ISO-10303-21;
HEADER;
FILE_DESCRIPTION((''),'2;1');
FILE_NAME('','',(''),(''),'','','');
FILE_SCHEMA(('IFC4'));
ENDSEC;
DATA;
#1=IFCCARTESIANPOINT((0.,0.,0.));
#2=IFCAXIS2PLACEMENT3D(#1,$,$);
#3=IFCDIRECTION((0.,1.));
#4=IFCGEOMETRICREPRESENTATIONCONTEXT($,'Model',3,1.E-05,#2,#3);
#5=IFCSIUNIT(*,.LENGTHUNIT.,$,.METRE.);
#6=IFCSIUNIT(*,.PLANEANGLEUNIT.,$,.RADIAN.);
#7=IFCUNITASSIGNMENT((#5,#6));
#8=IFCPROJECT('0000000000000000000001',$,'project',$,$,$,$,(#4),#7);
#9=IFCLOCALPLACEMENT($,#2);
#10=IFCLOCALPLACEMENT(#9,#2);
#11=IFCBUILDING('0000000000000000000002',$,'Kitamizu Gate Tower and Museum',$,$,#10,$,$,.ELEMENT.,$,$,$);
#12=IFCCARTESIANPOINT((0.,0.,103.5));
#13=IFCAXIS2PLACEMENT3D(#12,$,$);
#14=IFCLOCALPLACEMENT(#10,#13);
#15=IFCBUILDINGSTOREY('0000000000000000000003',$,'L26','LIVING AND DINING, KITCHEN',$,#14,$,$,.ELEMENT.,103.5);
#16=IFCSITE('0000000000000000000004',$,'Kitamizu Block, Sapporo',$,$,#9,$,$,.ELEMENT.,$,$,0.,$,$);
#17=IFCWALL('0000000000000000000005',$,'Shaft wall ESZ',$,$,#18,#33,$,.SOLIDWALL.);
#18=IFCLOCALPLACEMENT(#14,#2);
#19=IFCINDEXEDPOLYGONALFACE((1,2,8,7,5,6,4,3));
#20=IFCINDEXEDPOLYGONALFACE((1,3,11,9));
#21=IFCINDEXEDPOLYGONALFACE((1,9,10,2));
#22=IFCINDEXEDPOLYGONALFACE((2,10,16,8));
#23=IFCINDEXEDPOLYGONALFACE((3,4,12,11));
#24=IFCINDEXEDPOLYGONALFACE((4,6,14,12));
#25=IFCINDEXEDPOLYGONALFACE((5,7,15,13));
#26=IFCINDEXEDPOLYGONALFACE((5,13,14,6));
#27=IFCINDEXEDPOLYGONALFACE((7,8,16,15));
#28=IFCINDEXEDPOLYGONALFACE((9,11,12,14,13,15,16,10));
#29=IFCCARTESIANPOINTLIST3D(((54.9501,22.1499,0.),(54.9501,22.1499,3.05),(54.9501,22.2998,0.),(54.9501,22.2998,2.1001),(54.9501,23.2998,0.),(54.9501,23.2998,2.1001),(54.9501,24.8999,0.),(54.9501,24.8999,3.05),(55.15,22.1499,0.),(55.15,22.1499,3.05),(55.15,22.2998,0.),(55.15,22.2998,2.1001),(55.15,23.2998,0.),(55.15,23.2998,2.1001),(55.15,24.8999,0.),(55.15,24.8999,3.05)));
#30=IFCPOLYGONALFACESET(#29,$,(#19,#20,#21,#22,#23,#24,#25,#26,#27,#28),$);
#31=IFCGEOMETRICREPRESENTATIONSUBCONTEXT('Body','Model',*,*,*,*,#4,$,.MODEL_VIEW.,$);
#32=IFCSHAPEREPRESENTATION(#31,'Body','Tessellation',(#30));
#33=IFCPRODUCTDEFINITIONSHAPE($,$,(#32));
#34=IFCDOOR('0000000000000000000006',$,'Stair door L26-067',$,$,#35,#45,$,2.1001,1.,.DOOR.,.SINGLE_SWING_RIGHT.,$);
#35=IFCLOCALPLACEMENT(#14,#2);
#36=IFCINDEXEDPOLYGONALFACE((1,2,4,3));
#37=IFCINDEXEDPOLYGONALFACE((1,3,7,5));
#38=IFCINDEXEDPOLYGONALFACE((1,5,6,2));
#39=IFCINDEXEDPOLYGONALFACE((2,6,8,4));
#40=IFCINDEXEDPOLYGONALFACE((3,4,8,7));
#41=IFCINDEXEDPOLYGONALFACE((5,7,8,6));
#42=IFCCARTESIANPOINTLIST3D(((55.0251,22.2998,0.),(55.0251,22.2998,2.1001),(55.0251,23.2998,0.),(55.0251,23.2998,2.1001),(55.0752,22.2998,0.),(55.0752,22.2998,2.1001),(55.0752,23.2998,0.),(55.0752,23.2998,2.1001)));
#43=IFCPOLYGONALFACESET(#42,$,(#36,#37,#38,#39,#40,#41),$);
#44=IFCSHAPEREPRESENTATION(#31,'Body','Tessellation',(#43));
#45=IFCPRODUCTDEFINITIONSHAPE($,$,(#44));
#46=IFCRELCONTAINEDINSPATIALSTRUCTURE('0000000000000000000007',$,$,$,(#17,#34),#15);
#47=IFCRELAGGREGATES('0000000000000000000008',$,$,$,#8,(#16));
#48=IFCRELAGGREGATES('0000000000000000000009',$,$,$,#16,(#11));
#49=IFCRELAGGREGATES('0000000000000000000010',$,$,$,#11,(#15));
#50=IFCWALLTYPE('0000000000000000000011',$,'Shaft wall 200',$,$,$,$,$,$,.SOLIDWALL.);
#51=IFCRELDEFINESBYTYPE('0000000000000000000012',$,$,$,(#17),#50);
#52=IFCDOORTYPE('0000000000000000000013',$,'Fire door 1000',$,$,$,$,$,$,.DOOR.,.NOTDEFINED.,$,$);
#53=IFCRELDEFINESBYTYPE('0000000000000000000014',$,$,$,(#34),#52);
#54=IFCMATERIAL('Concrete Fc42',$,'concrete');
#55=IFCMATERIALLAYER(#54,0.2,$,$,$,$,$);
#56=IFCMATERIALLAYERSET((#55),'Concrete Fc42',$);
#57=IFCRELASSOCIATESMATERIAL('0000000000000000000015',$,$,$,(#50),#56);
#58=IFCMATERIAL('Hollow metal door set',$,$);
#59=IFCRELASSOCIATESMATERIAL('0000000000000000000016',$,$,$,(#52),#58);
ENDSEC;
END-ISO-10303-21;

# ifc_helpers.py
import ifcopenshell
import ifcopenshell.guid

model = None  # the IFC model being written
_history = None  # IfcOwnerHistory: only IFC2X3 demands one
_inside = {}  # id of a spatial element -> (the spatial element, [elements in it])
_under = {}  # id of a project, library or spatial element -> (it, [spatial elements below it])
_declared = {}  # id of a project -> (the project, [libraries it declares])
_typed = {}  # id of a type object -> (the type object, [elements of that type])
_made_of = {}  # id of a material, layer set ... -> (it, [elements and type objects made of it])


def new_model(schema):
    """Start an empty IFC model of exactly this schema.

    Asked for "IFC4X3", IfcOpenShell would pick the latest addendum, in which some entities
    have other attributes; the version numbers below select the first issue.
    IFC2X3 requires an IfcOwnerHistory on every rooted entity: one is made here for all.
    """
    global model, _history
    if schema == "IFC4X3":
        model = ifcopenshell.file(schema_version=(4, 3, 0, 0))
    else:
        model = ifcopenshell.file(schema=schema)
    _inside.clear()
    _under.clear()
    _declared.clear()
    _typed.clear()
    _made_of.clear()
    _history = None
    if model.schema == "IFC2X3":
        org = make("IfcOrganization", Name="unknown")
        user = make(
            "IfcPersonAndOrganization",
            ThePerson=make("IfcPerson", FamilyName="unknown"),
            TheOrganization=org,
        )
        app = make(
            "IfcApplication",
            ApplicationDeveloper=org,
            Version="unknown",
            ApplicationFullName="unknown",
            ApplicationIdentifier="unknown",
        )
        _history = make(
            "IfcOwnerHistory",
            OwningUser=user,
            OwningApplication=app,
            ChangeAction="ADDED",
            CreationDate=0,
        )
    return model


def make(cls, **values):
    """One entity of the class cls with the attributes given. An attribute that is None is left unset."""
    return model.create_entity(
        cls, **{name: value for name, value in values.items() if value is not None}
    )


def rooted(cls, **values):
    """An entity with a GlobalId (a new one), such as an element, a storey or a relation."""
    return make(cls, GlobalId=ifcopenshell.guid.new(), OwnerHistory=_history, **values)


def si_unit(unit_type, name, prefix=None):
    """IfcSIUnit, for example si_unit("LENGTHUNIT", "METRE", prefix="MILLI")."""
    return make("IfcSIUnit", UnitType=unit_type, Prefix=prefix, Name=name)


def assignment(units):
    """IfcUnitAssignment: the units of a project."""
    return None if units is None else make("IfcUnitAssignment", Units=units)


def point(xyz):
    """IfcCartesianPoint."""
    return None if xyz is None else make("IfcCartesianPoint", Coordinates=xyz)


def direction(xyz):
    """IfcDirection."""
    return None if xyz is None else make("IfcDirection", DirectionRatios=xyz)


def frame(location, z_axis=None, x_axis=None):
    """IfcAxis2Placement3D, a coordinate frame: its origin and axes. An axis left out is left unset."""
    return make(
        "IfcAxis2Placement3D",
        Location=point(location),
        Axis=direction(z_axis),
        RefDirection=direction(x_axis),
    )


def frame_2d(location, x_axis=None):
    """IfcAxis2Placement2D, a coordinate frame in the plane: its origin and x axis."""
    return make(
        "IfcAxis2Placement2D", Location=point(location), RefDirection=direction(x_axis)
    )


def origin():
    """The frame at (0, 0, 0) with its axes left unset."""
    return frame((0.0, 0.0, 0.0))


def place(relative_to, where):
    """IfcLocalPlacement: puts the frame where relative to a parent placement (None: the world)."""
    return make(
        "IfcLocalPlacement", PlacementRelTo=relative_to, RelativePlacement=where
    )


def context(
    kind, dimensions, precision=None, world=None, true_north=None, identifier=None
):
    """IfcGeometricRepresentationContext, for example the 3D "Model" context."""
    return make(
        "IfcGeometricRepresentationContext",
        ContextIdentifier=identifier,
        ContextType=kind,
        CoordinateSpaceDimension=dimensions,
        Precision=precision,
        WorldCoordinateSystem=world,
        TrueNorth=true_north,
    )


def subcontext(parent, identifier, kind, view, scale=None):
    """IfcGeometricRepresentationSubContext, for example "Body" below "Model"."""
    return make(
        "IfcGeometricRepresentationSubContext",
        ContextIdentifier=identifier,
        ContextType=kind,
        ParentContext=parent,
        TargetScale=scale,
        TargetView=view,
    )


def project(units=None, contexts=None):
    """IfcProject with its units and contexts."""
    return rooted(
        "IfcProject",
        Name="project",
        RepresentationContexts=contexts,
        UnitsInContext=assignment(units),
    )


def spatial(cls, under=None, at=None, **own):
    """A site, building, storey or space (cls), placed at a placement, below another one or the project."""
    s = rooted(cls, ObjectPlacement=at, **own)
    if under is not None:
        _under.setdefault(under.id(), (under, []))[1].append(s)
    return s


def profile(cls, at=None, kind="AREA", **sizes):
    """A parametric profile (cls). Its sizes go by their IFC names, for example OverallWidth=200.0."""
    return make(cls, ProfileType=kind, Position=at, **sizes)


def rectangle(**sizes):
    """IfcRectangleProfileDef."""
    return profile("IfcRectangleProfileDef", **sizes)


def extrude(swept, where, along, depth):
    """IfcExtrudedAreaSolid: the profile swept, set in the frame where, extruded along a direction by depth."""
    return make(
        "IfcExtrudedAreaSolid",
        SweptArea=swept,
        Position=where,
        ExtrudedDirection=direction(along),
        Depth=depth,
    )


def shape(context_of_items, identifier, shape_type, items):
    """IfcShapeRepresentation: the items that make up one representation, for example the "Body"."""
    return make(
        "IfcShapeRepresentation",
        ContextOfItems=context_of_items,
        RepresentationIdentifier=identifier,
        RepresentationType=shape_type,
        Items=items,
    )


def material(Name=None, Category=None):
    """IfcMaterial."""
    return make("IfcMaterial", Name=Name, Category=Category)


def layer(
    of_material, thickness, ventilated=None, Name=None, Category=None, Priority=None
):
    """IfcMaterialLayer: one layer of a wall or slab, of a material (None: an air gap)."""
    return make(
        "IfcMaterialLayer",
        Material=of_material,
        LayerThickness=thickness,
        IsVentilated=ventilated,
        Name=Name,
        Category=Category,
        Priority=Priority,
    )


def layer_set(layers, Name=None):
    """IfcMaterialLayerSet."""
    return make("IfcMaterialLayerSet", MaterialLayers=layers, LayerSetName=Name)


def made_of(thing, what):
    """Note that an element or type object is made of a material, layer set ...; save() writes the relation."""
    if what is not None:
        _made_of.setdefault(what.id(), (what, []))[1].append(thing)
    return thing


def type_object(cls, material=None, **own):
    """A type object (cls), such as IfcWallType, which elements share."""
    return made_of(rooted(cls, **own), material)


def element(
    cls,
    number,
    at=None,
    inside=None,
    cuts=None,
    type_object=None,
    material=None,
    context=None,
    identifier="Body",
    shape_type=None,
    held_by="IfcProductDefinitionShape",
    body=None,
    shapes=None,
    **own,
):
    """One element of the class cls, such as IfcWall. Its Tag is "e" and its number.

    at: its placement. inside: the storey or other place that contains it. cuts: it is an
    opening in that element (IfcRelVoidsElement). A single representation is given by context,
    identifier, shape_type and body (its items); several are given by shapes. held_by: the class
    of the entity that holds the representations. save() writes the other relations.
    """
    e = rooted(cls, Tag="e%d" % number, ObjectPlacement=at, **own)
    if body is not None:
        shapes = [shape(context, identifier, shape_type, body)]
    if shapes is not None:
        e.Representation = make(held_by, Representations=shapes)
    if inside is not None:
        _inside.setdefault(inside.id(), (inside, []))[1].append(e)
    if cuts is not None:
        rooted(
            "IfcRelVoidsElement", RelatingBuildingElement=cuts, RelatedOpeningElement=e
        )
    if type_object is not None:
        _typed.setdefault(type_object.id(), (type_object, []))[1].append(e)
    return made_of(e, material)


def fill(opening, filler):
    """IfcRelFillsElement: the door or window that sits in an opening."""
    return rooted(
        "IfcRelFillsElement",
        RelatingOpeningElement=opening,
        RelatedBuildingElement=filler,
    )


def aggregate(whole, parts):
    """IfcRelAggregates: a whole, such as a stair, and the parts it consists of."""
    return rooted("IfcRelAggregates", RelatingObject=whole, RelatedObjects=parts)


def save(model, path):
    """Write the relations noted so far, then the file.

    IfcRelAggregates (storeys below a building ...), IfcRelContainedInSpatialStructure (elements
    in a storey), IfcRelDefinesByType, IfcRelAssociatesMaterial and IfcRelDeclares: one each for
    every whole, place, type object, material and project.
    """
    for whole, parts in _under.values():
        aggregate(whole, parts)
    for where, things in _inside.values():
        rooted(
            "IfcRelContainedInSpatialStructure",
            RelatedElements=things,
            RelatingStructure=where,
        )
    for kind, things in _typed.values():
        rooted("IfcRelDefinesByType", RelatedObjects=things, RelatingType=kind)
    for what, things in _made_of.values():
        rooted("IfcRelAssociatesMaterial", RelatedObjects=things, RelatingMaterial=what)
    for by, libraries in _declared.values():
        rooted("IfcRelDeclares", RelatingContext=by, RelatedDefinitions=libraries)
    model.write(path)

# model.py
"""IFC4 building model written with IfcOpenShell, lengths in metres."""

from ifc_helpers import new_model, si_unit, direction, frame, frame_2d, origin, place, context, subcontext, project, spatial, rectangle, extrude, material, layer, layer_set, type_object, element, fill, save


model = new_model("IFC4")

# Units and contexts
model_context = context("Model", 3, precision=1e-05, world=origin(), true_north=direction((0.0, 1.0)))
body_context = subcontext(model_context, "Body", "Model", "MODEL_VIEW")
ifc_project = project(units=[si_unit("LENGTHUNIT", "METRE"), si_unit("PLANEANGLEUNIT", "RADIAN")], contexts=[model_context])

# Site, building, storey
site_placement = place(None, origin())
site = spatial("IfcSite", under=ifc_project, at=site_placement, Name="Kitamizu Block, Sapporo", CompositionType="ELEMENT", RefElevation=0.0)
building_placement = place(site_placement, origin())
building = spatial("IfcBuilding", under=site, at=building_placement, Name="Kitamizu Gate Tower and Museum", CompositionType="ELEMENT")
storey_placement = place(building_placement, frame((0.0, 0.0, 103.5)))
storey = spatial("IfcBuildingStorey", under=building, at=storey_placement, Name="L26", Description="LIVING AND DINING, KITCHEN", CompositionType="ELEMENT", Elevation=103.5)

# Wall, opening, door
ifc_material_1 = material(Name="Concrete Fc42", Category="concrete")
ifc_layer_1 = layer(ifc_material_1, 0.2)
ifc_layer_set_1 = layer_set([ifc_layer_1], Name="Concrete Fc42")
wall_type_1 = type_object("IfcWallType", Name="Shaft wall 200", PredefinedType="SOLIDWALL", material=ifc_layer_set_1)
wall_1_placement = place(storey_placement, frame((55.05, 22.1499, 0.0), z_axis=(0.0, 0.0, 1.0), x_axis=(0.0, 1.0, 0.0)))
wall_1 = element("IfcWall", 1, at=wall_1_placement, inside=storey, type_object=wall_type_1, Name="Shaft wall ESZ", PredefinedType="SOLIDWALL", context=body_context, shape_type="SweptSolid", body=[
    extrude(rectangle(XDim=2.75, YDim=0.2, at=frame_2d((1.375, 0.0))), origin(), (0.0, 0.0, 1.0), 3.05),
])
opening_1_placement = place(wall_1_placement, frame((0.1499, 0.0, 0.0)))
opening_1 = element("IfcOpeningElement", 2, at=opening_1_placement, cuts=wall_1, PredefinedType="OPENING", context=body_context, shape_type="SweptSolid", body=[
    extrude(rectangle(XDim=1.0, YDim=2.1001, at=frame_2d((0.5, 1.05))), frame((0.0, 0.1099, 0.0), z_axis=(0.0, -1.0, 0.0), x_axis=(1.0, 0.0, 0.0)), (0.0, 0.0, 1.0), 0.22),
])
ifc_material_2 = material(Name="Hollow metal door set")
door_type_1 = type_object("IfcDoorType", Name="Fire door 1000", OperationType="NOTDEFINED", PredefinedType="DOOR", material=ifc_material_2)
door_1_placement = place(opening_1_placement, origin())
door_1 = element("IfcDoor", 3, at=door_1_placement, inside=storey, type_object=door_type_1, Name="Stair door L26-067", OperationType="SINGLE_SWING_RIGHT", OverallHeight=2.1001, OverallWidth=1.0, PredefinedType="DOOR", context=body_context, shape_type="SweptSolid", body=[
    extrude(rectangle(XDim=1.0, YDim=2.1001, at=frame_2d((0.5, 1.05))), frame((0.0, 0.0249, 0.0), z_axis=(0.0, -1.0, 0.0), x_axis=(1.0, 0.0, 0.0)), (0.0, 0.0, 1.0), 0.05),
])
fill(opening_1, door_1)

save(model, "model.ifc")
